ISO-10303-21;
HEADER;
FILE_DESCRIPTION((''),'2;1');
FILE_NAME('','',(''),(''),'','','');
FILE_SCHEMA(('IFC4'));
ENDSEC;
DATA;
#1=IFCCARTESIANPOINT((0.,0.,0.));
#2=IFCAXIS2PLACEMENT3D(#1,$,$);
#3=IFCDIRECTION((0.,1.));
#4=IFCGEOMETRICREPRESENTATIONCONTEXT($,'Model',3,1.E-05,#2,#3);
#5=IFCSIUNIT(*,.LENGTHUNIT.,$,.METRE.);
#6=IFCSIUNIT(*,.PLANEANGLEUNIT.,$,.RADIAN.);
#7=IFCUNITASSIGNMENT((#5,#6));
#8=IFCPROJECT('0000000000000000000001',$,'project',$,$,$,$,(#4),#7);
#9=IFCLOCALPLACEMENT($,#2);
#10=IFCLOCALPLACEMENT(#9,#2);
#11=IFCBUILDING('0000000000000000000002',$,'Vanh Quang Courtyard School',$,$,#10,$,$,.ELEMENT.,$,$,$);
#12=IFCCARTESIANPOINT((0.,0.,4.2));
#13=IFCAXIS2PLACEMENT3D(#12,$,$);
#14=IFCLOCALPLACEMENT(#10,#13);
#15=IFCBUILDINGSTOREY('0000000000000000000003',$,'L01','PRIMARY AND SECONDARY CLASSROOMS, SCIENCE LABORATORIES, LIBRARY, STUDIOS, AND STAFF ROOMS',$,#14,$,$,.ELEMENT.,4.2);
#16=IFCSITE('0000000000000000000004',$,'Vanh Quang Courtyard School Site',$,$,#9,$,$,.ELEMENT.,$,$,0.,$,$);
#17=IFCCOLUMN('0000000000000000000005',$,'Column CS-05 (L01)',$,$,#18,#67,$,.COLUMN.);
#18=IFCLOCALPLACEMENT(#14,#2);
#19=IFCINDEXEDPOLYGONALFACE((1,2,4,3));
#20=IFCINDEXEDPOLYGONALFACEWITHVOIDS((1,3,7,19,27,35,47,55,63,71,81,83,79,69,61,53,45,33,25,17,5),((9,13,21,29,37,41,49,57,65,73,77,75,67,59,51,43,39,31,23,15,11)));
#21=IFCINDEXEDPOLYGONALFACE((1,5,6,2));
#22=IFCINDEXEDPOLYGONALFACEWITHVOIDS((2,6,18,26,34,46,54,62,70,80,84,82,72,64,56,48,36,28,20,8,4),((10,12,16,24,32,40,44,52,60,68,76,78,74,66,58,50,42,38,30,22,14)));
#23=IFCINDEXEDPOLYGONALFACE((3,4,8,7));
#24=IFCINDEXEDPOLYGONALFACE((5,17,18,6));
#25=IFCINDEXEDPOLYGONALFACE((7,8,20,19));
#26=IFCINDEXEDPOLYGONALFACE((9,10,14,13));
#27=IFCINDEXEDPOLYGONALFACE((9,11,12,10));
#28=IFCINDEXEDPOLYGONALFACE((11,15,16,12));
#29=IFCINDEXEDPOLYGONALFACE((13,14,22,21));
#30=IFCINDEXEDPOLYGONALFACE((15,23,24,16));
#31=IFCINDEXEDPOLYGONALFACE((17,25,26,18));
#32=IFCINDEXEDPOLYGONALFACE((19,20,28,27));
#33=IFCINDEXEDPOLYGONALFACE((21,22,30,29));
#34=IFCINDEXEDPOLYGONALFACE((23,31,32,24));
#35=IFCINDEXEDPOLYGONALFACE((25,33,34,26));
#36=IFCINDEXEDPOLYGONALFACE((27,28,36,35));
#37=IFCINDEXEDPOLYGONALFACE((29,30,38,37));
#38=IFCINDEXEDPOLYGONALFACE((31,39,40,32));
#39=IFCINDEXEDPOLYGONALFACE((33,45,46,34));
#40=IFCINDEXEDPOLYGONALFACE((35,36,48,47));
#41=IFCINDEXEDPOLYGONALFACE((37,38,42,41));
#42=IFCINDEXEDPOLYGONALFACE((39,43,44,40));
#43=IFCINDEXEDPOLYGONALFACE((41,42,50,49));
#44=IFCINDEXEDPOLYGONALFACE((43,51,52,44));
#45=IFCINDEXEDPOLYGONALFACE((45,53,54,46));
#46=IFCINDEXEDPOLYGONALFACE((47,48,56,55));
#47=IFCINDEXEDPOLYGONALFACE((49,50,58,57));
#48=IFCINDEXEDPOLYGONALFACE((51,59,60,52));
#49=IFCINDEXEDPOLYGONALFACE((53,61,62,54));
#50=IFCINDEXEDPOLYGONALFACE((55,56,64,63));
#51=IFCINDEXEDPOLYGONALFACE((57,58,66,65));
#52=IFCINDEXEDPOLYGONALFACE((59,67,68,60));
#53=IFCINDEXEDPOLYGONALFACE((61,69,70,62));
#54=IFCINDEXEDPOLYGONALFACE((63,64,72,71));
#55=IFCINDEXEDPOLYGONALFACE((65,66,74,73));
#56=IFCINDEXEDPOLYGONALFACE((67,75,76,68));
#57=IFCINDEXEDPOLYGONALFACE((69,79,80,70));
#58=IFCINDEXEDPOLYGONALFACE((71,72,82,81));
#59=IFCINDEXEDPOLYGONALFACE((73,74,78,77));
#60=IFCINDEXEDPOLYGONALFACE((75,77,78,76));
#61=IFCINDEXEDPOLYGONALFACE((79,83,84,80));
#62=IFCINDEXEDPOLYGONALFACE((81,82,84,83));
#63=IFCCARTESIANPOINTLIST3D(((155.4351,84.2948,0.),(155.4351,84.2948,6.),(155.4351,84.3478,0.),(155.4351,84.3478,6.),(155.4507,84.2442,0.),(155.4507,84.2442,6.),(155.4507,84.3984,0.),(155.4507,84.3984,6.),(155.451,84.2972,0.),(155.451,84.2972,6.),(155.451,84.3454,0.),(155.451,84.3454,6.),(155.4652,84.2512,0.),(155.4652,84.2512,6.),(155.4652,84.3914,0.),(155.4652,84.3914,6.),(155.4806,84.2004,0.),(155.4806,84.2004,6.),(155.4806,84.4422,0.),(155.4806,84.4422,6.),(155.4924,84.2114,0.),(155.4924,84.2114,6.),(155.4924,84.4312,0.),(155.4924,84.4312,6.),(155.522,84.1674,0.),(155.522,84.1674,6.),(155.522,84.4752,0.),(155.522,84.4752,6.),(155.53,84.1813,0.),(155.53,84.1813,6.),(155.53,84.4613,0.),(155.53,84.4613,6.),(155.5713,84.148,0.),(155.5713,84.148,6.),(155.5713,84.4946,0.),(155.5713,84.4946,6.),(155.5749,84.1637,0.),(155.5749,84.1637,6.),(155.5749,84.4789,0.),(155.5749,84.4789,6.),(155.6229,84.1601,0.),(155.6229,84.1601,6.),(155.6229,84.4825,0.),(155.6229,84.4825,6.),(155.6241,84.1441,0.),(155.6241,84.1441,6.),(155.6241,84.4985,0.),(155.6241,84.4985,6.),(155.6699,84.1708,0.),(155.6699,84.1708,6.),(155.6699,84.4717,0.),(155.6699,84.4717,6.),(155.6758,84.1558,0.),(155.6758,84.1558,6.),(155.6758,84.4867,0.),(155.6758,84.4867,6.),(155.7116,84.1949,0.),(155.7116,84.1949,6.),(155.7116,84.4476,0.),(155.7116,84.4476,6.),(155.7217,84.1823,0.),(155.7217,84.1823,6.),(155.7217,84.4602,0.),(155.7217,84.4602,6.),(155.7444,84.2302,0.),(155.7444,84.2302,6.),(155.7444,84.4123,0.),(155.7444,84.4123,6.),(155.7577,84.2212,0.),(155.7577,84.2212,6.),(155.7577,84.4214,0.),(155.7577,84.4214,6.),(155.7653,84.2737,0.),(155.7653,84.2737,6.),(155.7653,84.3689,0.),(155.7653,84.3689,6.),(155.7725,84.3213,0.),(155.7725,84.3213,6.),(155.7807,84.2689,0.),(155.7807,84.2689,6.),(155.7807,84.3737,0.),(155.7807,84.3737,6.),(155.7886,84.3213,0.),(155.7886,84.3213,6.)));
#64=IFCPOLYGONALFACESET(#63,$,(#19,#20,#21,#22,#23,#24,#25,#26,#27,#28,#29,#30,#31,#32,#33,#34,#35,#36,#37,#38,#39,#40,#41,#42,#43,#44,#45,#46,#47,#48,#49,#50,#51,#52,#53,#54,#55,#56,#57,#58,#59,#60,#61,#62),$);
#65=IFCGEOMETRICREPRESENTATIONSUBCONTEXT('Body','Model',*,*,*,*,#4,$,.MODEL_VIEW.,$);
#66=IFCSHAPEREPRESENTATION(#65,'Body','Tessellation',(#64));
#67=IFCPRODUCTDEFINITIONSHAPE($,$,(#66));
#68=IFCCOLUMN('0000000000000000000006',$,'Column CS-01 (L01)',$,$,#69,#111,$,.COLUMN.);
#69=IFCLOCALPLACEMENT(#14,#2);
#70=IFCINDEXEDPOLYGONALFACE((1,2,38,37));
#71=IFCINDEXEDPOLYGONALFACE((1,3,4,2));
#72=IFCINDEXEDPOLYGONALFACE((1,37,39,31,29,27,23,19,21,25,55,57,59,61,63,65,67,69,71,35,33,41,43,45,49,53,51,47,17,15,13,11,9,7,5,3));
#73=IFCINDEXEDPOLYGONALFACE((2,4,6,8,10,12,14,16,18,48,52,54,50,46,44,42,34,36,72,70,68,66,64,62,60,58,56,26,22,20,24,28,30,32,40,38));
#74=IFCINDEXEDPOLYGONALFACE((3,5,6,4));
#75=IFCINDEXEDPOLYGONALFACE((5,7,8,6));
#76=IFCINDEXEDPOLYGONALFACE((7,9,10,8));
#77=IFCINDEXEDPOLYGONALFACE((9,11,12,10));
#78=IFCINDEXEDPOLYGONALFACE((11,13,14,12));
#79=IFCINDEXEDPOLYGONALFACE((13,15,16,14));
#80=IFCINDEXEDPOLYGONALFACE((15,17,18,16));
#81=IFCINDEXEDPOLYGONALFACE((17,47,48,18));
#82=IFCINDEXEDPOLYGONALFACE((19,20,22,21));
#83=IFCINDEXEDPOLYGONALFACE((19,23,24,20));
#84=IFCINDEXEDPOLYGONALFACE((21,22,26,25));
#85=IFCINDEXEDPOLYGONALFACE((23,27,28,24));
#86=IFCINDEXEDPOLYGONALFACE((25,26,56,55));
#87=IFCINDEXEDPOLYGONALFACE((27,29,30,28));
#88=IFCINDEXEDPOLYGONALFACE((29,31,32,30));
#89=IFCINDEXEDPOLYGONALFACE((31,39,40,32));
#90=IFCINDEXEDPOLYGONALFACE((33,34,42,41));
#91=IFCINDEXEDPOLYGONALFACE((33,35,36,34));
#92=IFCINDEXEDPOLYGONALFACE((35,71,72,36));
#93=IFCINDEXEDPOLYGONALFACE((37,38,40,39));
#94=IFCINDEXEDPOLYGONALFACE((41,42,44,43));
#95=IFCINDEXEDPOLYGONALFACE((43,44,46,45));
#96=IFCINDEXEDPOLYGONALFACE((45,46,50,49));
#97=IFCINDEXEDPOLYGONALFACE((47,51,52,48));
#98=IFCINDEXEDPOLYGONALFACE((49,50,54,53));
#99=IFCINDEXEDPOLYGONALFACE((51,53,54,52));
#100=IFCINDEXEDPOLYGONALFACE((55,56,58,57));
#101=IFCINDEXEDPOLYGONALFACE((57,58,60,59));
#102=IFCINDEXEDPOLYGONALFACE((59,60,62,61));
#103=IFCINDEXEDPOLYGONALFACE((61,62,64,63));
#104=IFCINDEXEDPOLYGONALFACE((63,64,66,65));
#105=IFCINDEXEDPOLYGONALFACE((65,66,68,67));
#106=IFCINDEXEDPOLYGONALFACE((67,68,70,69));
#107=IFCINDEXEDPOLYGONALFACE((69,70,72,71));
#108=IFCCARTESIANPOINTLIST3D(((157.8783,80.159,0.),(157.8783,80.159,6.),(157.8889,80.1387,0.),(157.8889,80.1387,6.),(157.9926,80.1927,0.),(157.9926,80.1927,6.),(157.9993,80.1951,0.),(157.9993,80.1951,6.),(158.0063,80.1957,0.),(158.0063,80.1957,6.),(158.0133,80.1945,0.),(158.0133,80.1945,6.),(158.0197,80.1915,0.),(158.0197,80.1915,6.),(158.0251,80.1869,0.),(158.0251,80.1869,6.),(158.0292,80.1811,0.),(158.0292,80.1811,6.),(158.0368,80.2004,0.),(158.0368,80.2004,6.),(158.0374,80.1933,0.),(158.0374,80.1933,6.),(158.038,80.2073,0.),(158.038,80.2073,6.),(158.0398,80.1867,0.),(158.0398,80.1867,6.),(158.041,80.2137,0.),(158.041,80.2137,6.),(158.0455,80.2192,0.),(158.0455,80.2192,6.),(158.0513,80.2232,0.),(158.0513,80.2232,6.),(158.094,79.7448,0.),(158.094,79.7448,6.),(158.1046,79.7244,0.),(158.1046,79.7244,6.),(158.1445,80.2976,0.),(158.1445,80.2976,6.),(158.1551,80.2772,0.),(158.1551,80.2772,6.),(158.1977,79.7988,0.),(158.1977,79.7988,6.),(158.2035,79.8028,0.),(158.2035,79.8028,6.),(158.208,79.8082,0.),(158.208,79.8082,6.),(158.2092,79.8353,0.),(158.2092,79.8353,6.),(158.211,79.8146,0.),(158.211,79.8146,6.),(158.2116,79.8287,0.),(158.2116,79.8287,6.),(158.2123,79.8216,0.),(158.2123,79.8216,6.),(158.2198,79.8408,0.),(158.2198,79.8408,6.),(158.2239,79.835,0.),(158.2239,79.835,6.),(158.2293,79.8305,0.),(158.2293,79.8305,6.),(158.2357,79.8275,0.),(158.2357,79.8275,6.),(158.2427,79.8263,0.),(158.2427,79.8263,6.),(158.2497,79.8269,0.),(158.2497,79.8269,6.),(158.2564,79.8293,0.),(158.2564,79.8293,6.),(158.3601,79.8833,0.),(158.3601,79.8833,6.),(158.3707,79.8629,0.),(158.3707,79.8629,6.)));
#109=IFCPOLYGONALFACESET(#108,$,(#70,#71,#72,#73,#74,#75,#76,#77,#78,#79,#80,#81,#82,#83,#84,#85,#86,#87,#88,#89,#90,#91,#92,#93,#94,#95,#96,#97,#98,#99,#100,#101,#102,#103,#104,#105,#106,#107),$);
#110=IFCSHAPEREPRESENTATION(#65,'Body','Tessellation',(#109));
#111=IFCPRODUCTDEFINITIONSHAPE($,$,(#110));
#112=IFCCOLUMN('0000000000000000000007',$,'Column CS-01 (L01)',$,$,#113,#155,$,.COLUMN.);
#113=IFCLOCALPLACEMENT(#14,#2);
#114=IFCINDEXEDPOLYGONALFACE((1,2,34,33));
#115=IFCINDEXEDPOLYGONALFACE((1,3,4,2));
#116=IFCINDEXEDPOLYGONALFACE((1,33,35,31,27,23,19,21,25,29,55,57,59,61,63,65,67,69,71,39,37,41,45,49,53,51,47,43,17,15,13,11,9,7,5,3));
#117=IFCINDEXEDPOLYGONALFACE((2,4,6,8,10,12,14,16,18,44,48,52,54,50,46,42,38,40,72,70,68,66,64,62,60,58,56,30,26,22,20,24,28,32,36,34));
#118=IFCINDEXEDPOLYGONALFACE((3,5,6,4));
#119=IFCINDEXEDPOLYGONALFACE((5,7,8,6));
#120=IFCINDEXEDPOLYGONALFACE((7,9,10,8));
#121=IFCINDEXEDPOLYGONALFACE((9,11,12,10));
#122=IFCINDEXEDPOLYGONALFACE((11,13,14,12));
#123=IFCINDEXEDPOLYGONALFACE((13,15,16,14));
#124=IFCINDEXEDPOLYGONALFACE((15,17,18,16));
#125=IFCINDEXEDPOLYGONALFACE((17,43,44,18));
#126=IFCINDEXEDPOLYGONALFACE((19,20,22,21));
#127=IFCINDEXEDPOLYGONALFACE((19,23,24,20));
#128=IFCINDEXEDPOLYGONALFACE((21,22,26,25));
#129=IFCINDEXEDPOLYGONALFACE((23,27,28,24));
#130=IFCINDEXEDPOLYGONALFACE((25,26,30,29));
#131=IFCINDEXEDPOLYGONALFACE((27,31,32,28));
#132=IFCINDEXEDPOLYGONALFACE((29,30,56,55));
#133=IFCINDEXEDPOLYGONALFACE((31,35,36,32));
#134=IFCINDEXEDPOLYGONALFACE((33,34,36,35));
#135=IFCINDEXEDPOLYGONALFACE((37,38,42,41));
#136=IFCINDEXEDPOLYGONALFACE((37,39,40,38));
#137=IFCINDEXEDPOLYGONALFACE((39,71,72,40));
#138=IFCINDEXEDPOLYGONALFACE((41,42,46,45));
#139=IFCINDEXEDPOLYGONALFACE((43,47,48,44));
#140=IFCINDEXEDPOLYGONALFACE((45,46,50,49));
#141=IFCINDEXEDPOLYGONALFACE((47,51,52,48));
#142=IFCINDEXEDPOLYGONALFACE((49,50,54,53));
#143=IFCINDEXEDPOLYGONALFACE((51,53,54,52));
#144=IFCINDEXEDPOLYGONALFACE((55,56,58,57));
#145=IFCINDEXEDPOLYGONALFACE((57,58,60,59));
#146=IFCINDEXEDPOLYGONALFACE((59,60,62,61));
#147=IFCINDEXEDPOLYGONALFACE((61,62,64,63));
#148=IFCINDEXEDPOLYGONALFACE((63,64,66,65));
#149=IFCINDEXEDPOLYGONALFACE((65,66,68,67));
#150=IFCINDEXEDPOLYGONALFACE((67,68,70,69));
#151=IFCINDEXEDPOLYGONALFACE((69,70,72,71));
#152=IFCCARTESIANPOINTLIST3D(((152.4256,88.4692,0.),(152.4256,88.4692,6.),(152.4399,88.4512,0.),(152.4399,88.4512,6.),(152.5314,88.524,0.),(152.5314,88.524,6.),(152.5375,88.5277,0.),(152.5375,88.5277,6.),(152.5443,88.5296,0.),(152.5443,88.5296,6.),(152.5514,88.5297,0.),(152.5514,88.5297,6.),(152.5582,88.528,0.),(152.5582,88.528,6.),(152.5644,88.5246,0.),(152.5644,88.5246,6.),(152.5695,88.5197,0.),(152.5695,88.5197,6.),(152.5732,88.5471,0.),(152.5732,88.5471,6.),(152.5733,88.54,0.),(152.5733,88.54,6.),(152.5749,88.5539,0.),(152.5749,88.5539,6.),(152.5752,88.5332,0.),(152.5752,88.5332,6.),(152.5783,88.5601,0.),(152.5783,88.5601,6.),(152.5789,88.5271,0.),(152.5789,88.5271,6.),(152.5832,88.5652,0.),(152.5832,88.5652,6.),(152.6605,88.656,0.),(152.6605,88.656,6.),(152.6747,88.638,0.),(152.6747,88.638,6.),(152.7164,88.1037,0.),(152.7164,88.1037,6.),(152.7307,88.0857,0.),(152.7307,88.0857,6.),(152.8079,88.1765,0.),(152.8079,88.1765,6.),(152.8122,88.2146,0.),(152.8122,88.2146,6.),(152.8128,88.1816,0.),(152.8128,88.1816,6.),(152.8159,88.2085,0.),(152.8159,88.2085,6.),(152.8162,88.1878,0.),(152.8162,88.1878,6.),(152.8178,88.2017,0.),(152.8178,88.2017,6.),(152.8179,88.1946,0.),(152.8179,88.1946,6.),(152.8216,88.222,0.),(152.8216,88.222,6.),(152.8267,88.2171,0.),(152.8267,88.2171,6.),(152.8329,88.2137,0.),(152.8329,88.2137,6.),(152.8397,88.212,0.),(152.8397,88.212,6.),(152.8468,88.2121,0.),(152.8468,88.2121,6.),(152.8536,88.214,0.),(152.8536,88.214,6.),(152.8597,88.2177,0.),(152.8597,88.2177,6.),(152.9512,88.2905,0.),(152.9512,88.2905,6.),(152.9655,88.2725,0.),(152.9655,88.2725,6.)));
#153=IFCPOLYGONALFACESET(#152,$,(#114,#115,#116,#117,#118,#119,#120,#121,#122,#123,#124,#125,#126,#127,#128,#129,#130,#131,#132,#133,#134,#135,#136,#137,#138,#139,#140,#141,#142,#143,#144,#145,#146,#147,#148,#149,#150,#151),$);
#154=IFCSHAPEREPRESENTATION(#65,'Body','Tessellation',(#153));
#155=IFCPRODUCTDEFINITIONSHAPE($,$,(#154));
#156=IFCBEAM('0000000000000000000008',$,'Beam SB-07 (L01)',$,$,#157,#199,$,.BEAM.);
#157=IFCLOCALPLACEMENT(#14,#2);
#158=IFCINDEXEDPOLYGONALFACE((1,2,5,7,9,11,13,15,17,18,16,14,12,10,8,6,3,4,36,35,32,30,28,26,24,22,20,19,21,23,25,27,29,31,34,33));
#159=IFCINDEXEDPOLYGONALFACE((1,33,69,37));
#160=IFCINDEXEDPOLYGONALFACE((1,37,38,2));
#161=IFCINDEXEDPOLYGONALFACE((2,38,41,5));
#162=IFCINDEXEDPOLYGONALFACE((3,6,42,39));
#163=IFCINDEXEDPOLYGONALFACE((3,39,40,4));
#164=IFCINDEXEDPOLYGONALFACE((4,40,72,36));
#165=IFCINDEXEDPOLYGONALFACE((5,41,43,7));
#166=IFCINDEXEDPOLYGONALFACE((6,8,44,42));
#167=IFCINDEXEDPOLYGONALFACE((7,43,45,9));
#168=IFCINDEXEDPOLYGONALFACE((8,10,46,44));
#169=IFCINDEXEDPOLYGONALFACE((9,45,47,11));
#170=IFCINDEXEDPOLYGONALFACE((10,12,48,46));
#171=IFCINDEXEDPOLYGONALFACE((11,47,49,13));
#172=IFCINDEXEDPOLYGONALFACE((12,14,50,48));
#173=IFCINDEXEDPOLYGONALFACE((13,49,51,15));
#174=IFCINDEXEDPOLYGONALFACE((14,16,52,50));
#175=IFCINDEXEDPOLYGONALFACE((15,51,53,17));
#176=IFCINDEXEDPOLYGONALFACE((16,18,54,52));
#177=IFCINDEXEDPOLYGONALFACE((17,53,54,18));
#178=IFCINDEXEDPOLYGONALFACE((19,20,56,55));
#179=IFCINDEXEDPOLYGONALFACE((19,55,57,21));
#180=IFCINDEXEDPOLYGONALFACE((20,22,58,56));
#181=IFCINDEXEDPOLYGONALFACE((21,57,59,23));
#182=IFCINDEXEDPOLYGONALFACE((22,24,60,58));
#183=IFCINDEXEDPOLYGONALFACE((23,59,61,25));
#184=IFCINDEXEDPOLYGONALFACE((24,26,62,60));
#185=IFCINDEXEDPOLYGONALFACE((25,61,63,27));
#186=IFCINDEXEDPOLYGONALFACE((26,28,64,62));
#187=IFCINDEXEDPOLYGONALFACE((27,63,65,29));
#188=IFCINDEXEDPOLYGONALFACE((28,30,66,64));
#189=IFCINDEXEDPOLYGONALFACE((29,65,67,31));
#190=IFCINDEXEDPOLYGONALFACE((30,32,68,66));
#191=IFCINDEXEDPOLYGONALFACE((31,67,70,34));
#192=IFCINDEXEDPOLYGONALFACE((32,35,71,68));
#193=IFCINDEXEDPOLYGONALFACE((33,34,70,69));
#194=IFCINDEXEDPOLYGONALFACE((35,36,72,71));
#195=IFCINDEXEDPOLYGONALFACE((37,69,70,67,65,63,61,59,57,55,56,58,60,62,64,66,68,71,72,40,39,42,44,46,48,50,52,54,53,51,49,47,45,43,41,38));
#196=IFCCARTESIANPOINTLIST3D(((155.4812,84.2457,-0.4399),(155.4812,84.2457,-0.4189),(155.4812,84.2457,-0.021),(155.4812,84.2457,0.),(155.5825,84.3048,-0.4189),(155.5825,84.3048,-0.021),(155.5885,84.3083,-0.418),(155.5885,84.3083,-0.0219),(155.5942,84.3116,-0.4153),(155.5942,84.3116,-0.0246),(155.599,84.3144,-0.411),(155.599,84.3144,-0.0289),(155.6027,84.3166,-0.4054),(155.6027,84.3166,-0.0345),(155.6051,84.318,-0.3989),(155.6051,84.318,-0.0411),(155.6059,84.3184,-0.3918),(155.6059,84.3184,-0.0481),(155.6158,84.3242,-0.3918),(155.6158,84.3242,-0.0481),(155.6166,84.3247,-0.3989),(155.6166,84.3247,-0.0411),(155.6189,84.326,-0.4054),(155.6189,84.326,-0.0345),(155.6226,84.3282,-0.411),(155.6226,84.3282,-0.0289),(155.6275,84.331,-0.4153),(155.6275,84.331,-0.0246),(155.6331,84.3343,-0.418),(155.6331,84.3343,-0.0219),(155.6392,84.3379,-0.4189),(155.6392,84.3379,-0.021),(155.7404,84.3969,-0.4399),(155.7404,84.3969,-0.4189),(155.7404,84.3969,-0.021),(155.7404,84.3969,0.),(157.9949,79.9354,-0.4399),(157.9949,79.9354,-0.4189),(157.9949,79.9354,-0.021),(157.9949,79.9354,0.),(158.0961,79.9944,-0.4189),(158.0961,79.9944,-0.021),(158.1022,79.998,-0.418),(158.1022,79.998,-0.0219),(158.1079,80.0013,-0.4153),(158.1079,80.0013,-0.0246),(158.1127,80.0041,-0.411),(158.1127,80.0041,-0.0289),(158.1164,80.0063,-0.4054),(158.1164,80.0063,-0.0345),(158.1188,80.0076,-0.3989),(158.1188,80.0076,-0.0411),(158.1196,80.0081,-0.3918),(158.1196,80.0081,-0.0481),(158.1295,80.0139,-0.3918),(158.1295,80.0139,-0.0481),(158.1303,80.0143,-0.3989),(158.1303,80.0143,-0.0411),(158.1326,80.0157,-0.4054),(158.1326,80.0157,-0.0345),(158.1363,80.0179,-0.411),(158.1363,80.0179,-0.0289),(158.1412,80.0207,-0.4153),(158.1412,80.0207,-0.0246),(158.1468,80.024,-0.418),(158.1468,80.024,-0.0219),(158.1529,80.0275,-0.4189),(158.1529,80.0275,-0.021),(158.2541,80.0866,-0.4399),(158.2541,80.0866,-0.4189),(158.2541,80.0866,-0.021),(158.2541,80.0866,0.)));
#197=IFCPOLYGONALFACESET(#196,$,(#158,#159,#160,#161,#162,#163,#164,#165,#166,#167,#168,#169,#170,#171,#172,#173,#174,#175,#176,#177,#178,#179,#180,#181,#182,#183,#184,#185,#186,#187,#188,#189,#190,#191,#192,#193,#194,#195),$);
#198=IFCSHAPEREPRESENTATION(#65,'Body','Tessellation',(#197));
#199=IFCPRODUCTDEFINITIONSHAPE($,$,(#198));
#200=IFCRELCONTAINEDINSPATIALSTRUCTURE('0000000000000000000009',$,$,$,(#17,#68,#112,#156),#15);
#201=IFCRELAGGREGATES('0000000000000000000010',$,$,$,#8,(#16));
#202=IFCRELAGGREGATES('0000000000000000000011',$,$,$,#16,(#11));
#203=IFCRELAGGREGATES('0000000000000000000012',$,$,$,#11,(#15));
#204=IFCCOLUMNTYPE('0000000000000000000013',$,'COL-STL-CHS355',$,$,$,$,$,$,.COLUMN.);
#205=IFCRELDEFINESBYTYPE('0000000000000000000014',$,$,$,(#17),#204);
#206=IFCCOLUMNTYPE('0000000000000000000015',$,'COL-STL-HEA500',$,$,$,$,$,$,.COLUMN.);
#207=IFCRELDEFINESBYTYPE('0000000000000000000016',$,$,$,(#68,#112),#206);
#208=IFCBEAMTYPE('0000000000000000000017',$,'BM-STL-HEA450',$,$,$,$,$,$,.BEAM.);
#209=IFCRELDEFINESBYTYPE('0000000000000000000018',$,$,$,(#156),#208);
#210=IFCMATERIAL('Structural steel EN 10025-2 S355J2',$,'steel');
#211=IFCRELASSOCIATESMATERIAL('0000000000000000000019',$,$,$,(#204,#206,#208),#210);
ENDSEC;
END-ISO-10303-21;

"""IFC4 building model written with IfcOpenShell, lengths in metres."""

from ifc_helpers import new_model, si_unit, direction, frame, origin, origin_2d, place, context, subcontext, project, spatial, hollow_circle, i_section, extrude, material, material_profile, profile_set, type_object, element, save


model = new_model("IFC4")

# Units and contexts
model_context = context("Model", 3, precision=1e-05, world=origin(), true_north=direction((0.0, 1.0)))
body_context = subcontext(model_context, "Body", "Model", "MODEL_VIEW")
ifc_project = project(units=[si_unit("LENGTHUNIT", "METRE"), si_unit("PLANEANGLEUNIT", "RADIAN")], contexts=[model_context])

# Site, building, storey
site_placement = place(None, origin())
site = spatial("IfcSite", under=ifc_project, at=site_placement, Name="Vanh Quang Courtyard School Site", CompositionType="ELEMENT", RefElevation=0.0)
building_placement = place(site_placement, origin())
building = spatial("IfcBuilding", under=site, at=building_placement, Name="Vanh Quang Courtyard School", CompositionType="ELEMENT")
storey_placement = place(building_placement, frame((0.0, 0.0, 4.2)))
storey = spatial("IfcBuildingStorey", under=building, at=storey_placement, Name="L01", Description="PRIMARY AND SECONDARY CLASSROOMS, SCIENCE LABORATORIES, LIBRARY, STUDIOS, AND STAFF ROOMS", CompositionType="ELEMENT", Elevation=4.2)

# Columns
ifc_material_1 = material(Name="Structural steel EN 10025-2 S355J2", Category="steel")
ifc_material_profile_1 = material_profile(ifc_material_1, hollow_circle(Radius=0.1777, WallThickness=0.0161, at=origin_2d()), Name="CHS 355.6x16")
ifc_profile_set_1 = profile_set([ifc_material_profile_1], Name="Structural steel EN 10025-2 S355J2")
column_type_1 = type_object("IfcColumnType", Name="COL-STL-CHS355", PredefinedType="COLUMN", material=ifc_profile_set_1)
column_placement = place(storey_placement, frame((155.6108, 84.3213, 0.0), z_axis=(0.0, 0.0, 1.0), x_axis=(1.0, 0.0, 0.0)))
element("IfcColumn", 1, at=column_placement, inside=storey, type_object=column_type_1, Name="Column CS-05 (L01)", PredefinedType="COLUMN", context=body_context, shape_type="SweptSolid", body=[
    extrude(hollow_circle(Radius=0.1777, WallThickness=0.0161, at=origin_2d()), origin(), (0.0, 0.0, 1.0), 6.0),
])
ifc_material_profile_2 = material_profile(ifc_material_1, i_section(OverallWidth=0.3, OverallDepth=0.49, WebThickness=0.012, FlangeThickness=0.0229, FilletRadius=0.0271, at=origin_2d()), Name="HEA 500")
ifc_profile_set_2 = profile_set([ifc_material_profile_2], Name="Structural steel EN 10025-2 S355J2")
column_type_2 = type_object("IfcColumnType", Name="COL-STL-HEA500", PredefinedType="COLUMN", material=ifc_profile_set_2)
for number, where, z_axis, x_axis, name in (
    (2, (158.1245, 80.011, 0.0), (0.0, 0.0, 1.0), (0.887011, 0.461749, 0.0), "Column CS-01 (L01)"),
    (3, (152.6956, 88.3708, 0.0), (0.0, 0.0, 1.0), (0.782608, 0.622515, 0.0), "Column CS-01 (L01)"),
):
    element("IfcColumn", number, at=place(storey_placement, frame(where, z_axis=z_axis, x_axis=x_axis)), inside=storey, type_object=column_type_2, Name=name, PredefinedType="COLUMN", context=body_context, shape_type="SweptSolid", body=[
        extrude(i_section(OverallWidth=0.3, OverallDepth=0.49, WebThickness=0.012, FlangeThickness=0.0229, FilletRadius=0.0271, at=origin_2d()), origin(), (0.0, 0.0, 1.0), 6.0),
    ])

# Beam
ifc_material_profile_3 = material_profile(ifc_material_1, i_section(OverallWidth=0.3, OverallDepth=0.4399, WebThickness=0.0115, FlangeThickness=0.021, FilletRadius=0.0271, at=origin_2d()), Name="HEA 450")
ifc_profile_set_3 = profile_set([ifc_material_profile_3], Name="Structural steel EN 10025-2 S355J2")
beam_type = type_object("IfcBeamType", Name="BM-STL-HEA450", PredefinedType="BEAM", material=ifc_profile_set_3)
for number, where, z_axis, x_axis, name in (
    (4, (158.1245, 80.011, -0.22), (-0.503771, 0.863837, 0.0), (-0.863837, -0.503771, 0.0), "Beam SB-07 (L01)"),
):
    element("IfcBeam", number, at=place(storey_placement, frame(where, z_axis=z_axis, x_axis=x_axis)), inside=storey, type_object=beam_type, Name=name, PredefinedType="BEAM", context=body_context, shape_type="SweptSolid", body=[
        extrude(i_section(OverallWidth=0.3, OverallDepth=0.4399, WebThickness=0.0115, FlangeThickness=0.021, FilletRadius=0.0271, at=origin_2d()), origin(), (0.0, 0.0, 1.0), 4.9897),
    ])

save(model, "model.ifc")
